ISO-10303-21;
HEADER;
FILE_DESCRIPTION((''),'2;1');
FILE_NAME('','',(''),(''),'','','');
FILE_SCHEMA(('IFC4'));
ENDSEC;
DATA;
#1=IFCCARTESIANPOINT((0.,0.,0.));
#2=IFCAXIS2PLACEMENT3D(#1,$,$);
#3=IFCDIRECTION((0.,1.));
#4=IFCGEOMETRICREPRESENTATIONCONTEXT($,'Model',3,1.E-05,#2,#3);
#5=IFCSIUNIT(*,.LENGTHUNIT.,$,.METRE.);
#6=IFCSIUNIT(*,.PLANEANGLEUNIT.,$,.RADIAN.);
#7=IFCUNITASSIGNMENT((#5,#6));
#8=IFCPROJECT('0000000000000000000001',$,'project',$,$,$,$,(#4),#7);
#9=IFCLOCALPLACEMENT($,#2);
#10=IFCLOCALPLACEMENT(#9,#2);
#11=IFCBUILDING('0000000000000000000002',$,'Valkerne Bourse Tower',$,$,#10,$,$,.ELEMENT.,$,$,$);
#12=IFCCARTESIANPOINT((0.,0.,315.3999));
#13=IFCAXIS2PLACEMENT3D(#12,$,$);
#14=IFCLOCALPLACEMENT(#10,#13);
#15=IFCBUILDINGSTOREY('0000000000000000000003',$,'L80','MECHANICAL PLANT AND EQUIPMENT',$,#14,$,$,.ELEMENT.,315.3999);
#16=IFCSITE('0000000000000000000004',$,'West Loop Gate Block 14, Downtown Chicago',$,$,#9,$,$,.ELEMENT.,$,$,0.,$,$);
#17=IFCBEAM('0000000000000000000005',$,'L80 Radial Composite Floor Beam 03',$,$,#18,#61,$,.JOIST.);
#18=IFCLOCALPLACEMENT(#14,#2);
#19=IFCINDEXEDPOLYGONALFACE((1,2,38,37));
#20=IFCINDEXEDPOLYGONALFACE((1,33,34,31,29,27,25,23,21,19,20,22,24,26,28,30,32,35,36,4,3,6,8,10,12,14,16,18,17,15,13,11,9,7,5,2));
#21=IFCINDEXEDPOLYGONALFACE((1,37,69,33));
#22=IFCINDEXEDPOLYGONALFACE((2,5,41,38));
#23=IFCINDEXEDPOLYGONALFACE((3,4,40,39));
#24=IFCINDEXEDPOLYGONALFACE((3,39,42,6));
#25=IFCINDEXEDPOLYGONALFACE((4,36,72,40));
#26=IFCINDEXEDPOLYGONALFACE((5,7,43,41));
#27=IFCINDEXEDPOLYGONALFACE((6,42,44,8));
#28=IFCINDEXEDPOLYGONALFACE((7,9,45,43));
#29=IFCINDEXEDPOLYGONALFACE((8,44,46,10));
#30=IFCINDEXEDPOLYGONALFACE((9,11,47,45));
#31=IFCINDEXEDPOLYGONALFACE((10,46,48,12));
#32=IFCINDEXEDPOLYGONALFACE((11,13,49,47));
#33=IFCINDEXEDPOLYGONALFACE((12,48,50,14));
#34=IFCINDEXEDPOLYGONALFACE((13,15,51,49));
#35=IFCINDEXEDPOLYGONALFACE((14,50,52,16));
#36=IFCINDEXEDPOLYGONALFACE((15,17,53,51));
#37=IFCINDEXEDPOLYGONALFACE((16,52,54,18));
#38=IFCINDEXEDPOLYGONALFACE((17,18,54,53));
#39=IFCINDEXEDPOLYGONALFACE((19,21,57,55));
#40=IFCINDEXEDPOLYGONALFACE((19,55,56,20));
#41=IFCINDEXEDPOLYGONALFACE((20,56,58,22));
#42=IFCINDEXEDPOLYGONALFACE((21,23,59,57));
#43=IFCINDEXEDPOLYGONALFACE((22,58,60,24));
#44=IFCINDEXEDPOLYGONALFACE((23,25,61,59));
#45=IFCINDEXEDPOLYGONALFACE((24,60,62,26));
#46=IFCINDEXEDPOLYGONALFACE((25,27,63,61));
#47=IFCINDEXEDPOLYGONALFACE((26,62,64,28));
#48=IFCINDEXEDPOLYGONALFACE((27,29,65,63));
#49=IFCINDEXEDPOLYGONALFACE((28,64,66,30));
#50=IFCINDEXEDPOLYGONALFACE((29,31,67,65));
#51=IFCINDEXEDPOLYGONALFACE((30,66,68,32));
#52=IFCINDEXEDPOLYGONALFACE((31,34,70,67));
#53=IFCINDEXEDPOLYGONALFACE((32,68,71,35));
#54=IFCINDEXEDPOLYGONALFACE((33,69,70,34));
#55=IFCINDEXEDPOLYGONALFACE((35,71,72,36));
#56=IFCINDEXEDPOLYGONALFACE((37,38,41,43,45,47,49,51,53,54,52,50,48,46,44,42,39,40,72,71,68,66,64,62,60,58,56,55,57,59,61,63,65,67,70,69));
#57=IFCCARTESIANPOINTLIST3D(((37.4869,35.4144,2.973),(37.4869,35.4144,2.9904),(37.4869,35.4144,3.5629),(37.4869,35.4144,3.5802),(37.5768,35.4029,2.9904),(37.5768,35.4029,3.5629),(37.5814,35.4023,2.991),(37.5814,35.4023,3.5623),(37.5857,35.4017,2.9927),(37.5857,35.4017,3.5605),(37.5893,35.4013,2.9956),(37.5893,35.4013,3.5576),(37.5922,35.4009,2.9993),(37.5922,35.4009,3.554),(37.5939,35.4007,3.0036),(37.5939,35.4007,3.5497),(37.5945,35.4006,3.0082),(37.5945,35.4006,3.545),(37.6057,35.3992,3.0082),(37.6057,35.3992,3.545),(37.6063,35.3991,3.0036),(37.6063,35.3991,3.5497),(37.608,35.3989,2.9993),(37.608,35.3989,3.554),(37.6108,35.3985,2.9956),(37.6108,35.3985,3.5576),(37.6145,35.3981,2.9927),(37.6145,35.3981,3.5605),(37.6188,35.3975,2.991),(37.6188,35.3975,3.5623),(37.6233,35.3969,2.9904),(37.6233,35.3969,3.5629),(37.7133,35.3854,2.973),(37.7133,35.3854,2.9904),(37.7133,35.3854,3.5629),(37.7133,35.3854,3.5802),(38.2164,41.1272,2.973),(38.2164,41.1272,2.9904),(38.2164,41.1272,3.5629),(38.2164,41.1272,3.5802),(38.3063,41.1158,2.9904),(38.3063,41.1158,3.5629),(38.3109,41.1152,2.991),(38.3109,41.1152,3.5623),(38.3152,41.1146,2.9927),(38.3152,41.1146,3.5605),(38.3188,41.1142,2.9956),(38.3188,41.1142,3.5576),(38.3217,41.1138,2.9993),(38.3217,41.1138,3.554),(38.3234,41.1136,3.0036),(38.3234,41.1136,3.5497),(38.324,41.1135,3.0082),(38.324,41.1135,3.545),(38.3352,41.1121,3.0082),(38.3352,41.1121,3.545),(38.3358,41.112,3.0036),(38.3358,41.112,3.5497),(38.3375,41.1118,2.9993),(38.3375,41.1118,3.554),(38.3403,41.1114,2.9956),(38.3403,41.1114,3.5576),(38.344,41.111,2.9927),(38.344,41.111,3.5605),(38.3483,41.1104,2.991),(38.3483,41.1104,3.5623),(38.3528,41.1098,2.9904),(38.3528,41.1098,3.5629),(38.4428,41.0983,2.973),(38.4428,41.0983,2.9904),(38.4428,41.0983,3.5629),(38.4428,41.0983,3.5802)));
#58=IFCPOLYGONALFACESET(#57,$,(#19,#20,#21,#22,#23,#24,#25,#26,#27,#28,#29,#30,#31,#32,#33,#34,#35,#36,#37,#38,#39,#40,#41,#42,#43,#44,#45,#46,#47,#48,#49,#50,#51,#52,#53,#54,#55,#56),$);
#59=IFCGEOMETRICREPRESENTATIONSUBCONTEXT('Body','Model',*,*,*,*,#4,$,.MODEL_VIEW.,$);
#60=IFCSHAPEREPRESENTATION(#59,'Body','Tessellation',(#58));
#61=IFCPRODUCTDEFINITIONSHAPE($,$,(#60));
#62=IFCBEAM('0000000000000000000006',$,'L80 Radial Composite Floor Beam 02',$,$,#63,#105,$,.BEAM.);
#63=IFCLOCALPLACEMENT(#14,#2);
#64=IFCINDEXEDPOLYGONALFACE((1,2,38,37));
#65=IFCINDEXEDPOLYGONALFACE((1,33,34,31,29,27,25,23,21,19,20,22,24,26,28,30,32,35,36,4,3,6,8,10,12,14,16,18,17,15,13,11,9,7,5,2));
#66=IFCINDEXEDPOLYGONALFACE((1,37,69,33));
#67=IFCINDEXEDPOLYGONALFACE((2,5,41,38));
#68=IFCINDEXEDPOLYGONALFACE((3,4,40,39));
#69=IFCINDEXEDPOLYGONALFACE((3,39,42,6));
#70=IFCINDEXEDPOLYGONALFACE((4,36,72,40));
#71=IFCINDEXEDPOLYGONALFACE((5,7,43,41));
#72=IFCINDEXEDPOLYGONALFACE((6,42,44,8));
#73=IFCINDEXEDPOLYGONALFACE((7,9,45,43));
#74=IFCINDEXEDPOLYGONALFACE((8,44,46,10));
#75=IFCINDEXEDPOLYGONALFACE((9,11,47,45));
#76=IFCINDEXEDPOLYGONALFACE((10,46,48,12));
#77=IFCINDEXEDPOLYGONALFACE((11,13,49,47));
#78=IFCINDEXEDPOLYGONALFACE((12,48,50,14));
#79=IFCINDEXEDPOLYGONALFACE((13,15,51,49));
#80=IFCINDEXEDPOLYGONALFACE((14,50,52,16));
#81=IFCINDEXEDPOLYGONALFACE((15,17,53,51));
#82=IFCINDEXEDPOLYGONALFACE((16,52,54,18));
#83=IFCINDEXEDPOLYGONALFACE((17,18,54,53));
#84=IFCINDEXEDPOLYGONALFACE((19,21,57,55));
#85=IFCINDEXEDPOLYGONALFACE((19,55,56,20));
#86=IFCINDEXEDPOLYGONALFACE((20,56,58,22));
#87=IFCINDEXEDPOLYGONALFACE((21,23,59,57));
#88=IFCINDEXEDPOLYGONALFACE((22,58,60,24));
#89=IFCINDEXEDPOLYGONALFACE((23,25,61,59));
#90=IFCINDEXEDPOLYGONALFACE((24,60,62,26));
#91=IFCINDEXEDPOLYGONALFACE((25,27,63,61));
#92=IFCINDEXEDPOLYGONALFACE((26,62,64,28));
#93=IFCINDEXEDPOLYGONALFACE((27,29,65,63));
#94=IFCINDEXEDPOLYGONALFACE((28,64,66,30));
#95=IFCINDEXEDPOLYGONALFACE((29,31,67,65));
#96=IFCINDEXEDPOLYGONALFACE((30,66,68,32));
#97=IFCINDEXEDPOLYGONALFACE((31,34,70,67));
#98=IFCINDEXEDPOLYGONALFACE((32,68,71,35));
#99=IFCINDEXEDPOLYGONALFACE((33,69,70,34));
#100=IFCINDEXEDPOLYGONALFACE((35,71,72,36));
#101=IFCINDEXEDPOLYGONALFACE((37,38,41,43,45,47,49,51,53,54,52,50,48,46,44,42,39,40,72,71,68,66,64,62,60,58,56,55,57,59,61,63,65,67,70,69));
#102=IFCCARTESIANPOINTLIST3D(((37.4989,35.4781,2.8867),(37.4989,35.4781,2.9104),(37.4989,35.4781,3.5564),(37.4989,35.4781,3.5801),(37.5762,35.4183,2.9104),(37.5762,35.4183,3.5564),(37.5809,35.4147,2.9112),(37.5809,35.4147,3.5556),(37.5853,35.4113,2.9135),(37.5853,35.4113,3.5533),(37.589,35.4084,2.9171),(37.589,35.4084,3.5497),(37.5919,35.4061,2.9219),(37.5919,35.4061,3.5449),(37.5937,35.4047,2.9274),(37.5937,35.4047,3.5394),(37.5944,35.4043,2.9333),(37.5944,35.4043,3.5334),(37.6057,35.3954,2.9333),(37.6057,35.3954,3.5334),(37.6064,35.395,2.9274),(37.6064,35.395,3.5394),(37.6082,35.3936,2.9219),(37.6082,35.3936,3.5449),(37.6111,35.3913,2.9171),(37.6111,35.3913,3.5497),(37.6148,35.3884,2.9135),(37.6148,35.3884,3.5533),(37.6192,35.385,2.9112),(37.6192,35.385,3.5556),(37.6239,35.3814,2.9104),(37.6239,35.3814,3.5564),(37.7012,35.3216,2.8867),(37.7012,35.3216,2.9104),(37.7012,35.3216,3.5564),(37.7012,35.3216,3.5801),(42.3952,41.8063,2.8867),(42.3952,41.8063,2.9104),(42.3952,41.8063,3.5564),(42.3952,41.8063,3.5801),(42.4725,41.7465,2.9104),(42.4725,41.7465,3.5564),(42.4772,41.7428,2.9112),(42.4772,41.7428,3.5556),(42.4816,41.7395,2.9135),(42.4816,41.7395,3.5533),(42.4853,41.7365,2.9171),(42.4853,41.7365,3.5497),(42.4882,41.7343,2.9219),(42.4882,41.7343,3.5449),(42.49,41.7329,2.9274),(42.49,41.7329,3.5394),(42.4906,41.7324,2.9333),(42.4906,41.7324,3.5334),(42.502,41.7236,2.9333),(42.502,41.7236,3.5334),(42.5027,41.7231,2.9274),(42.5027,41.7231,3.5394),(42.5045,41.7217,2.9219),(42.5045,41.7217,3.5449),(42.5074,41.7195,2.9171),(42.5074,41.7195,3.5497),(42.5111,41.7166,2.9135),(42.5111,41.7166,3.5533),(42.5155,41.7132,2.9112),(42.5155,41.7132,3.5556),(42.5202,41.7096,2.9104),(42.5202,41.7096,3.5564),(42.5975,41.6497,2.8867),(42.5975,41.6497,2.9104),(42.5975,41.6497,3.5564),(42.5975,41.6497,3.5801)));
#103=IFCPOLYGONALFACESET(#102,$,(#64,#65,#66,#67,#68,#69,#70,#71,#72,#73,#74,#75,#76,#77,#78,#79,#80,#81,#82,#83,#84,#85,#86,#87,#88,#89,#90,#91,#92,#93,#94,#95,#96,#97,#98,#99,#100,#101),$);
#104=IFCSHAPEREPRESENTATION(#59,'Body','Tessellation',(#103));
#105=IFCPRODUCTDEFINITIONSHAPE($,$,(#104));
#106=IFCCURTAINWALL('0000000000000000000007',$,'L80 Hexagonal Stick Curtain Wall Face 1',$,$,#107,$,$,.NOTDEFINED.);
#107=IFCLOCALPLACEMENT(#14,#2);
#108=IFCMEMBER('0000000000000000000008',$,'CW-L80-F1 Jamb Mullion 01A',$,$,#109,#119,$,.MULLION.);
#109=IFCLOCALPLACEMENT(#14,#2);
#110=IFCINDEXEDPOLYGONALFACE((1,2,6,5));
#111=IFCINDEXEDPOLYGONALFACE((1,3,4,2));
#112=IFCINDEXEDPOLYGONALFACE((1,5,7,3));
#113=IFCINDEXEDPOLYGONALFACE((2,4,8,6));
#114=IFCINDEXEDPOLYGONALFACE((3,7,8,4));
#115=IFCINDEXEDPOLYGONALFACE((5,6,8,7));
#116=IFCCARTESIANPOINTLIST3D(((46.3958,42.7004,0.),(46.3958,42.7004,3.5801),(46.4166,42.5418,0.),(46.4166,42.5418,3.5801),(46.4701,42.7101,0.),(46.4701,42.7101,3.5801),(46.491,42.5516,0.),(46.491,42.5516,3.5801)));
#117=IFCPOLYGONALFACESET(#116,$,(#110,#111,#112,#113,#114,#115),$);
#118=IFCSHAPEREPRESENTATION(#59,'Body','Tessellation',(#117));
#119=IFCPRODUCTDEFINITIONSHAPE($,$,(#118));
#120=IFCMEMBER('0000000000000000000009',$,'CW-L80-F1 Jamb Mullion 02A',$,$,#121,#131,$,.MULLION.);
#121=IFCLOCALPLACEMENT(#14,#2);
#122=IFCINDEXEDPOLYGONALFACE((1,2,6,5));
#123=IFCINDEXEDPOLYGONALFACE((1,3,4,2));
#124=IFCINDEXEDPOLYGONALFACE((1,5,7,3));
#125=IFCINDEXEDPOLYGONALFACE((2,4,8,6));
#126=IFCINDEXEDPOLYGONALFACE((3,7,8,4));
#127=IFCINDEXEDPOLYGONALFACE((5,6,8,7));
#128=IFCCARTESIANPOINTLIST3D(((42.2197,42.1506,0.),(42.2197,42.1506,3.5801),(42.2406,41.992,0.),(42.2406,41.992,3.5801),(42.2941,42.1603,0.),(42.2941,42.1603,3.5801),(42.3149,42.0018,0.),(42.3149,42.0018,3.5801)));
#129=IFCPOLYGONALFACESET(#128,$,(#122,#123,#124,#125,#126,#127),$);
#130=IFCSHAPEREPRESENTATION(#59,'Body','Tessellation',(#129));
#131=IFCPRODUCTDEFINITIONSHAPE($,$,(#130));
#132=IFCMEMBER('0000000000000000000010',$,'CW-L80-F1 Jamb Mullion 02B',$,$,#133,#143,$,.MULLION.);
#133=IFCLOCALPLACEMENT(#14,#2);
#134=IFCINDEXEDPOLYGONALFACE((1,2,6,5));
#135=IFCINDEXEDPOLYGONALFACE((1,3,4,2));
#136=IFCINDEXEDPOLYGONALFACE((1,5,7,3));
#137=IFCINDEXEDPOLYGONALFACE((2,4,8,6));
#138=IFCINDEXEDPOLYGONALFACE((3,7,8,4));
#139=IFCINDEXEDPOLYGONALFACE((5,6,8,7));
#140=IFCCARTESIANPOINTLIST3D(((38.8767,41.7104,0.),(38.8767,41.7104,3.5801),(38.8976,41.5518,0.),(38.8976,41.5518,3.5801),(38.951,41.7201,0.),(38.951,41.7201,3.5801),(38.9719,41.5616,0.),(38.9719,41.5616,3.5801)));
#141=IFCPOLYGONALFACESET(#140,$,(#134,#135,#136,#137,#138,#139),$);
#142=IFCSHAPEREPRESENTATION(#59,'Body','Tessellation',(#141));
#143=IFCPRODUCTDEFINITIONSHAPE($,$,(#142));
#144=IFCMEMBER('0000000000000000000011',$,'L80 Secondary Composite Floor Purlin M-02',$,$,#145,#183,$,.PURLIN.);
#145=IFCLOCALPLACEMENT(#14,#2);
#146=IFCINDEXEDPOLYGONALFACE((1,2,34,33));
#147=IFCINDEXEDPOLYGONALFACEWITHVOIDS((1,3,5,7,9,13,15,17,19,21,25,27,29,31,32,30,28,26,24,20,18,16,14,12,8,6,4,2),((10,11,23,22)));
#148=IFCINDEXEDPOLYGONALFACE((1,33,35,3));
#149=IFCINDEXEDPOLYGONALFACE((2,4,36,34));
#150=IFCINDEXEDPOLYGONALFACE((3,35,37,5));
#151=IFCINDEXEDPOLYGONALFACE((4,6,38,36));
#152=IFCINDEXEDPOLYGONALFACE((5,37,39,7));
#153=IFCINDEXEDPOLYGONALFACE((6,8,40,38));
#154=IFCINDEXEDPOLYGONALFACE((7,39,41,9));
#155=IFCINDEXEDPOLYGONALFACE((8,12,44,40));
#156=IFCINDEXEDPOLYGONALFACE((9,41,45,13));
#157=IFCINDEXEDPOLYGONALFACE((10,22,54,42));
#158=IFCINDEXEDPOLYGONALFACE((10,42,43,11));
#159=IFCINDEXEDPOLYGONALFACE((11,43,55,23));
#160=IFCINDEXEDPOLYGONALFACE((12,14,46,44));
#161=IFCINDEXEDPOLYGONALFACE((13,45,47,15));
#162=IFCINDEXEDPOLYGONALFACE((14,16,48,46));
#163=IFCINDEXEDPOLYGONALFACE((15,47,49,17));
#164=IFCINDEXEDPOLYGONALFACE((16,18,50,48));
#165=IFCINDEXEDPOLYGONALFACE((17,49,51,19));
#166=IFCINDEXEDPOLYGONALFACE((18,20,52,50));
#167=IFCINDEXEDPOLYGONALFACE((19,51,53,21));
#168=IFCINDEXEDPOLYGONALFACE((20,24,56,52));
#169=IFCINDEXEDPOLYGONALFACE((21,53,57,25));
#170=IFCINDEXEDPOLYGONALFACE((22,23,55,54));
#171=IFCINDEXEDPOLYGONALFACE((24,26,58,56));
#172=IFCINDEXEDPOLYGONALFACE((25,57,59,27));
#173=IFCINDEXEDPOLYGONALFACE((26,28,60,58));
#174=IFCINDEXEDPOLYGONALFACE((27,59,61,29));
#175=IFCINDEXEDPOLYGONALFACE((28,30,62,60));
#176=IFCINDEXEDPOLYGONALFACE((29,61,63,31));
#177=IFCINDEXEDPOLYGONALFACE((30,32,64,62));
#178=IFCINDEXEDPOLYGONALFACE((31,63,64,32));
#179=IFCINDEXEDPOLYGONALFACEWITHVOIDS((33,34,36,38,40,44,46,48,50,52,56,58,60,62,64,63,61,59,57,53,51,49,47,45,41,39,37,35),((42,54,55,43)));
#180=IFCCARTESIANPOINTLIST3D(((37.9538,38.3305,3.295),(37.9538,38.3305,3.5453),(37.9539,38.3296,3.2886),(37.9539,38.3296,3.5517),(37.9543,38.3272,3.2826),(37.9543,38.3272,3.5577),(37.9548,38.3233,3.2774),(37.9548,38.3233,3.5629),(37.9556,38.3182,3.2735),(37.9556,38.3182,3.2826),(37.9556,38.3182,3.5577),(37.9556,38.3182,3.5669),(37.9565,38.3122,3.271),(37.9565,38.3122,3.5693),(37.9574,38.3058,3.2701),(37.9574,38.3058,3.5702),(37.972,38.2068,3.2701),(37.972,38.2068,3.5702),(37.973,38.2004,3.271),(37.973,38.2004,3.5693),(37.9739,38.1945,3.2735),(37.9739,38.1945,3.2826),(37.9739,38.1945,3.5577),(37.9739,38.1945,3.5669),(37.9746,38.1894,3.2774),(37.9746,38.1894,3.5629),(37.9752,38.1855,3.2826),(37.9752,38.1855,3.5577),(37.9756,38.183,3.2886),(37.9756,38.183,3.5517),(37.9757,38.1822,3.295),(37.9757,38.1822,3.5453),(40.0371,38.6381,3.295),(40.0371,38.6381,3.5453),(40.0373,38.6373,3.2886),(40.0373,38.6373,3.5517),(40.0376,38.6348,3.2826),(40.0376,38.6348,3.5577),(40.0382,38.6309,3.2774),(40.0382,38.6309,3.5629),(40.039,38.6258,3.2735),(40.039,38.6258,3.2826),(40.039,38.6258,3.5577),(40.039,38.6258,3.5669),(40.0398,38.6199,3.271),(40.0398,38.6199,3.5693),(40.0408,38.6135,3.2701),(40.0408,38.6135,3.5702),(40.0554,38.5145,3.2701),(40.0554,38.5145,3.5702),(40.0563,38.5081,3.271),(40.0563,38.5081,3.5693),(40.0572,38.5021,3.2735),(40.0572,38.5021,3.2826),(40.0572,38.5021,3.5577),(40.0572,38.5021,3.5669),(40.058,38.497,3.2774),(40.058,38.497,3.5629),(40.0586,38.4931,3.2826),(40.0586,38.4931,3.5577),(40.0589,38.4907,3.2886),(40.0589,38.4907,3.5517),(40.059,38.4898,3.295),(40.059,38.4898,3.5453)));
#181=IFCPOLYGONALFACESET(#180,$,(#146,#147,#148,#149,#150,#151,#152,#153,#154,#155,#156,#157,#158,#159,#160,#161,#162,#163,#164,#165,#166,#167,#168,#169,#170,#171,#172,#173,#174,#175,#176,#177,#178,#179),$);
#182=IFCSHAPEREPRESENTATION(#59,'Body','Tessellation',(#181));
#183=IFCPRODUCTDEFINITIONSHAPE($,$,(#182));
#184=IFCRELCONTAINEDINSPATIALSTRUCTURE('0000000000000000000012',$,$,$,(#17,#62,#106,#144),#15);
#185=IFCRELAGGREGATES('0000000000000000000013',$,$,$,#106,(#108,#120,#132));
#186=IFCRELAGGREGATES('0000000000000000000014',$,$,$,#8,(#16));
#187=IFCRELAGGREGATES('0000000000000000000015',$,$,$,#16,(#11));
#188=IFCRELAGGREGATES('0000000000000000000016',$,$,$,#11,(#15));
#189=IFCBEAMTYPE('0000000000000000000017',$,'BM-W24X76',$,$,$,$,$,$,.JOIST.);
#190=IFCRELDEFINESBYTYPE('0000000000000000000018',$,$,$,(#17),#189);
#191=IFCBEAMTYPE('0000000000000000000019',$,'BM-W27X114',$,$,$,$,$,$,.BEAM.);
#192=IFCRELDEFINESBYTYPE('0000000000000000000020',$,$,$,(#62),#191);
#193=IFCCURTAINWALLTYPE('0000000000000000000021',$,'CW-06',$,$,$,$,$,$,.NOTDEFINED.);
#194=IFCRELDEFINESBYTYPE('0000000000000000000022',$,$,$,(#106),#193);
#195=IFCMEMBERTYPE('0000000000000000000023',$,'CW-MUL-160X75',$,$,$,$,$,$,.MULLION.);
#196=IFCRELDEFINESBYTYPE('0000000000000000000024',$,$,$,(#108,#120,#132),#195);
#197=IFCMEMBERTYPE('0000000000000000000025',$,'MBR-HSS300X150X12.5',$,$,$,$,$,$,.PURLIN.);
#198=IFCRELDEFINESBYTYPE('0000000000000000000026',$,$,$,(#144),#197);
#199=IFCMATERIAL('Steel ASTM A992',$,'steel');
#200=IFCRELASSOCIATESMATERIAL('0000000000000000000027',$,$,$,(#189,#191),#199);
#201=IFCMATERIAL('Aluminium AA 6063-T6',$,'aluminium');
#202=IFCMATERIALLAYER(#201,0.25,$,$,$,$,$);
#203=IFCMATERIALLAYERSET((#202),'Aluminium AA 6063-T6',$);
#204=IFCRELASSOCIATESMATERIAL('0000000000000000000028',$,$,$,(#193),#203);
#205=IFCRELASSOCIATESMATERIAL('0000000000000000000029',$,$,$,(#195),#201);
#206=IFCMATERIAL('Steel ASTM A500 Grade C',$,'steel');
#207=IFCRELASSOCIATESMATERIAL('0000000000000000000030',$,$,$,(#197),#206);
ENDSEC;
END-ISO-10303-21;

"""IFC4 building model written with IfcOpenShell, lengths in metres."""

from ifc_helpers import new_model, si_unit, direction, frame, origin, origin_2d, place, context, subcontext, project, spatial, rectangle, hollow_rectangle, i_section, extrude, material, layer, layer_set, material_profile, profile_set, type_object, element, aggregate, save


model = new_model("IFC4")

# Units and contexts
model_context = context("Model", 3, precision=1e-05, world=origin(), true_north=direction((0.0, 1.0)))
body_context = subcontext(model_context, "Body", "Model", "MODEL_VIEW")
ifc_project = project(units=[si_unit("LENGTHUNIT", "METRE"), si_unit("PLANEANGLEUNIT", "RADIAN")], contexts=[model_context])

# Site, building, storey
site_placement = place(None, origin())
site = spatial("IfcSite", under=ifc_project, at=site_placement, Name="West Loop Gate Block 14, Downtown Chicago", CompositionType="ELEMENT", RefElevation=0.0)
building_placement = place(site_placement, origin())
building = spatial("IfcBuilding", under=site, at=building_placement, Name="Valkerne Bourse Tower", CompositionType="ELEMENT")
storey_placement = place(building_placement, frame((0.0, 0.0, 315.3999)))
storey = spatial("IfcBuildingStorey", under=building, at=storey_placement, Name="L80", Description="MECHANICAL PLANT AND EQUIPMENT", CompositionType="ELEMENT", Elevation=315.3999)

# Shared definitions
ifc_material_1 = material(Name="Steel ASTM A500 Grade C", Category="steel")

# Beams
ifc_material_2 = material(Name="Steel ASTM A992", Category="steel")
ifc_material_profile_1 = material_profile(ifc_material_2, i_section(OverallWidth=0.2283, OverallDepth=0.6072, WebThickness=0.0112, FlangeThickness=0.0173, FilletRadius=0.0178, at=origin_2d()), Name="W24X76")
ifc_profile_set_1 = profile_set([ifc_material_profile_1], Name="Steel ASTM A992")
beam_type_1 = type_object("IfcBeamType", Name="BM-W24X76", PredefinedType="JOIST", material=ifc_profile_set_1)
beam_1_placement = place(storey_placement, frame((38.3296, 41.1128, 3.2766), z_axis=(-0.126664, -0.991946, 0.0), x_axis=(0.991946, -0.126664, 0.0)))
element("IfcBeam", 1, at=beam_1_placement, inside=storey, type_object=beam_type_1, Name="L80 Radial Composite Floor Beam 03", PredefinedType="JOIST", context=body_context, shape_type="SweptSolid", body=[
    extrude(i_section(OverallWidth=0.2283, OverallDepth=0.6072, WebThickness=0.0112, FlangeThickness=0.0173, FilletRadius=0.0178, at=origin_2d()), origin(), (0.0, 0.0, 1.0), 5.7593),
])
ifc_material_profile_2 = material_profile(ifc_material_2, i_section(OverallWidth=0.2559, OverallDepth=0.6934, WebThickness=0.0144, FlangeThickness=0.0237, FilletRadius=0.0229, at=origin_2d()), Name="W27X114")
ifc_profile_set_2 = profile_set([ifc_material_profile_2], Name="Steel ASTM A992")
beam_type_2 = type_object("IfcBeamType", Name="BM-W27X114", PredefinedType="BEAM", material=ifc_profile_set_2)
beam_2_placement = place(storey_placement, frame((42.4963, 41.728, 3.2334), z_axis=(-0.611942, -0.790902, 0.0), x_axis=(0.790902, -0.611942, 0.0)))
element("IfcBeam", 2, at=beam_2_placement, inside=storey, type_object=beam_type_2, Name="L80 Radial Composite Floor Beam 02", PredefinedType="BEAM", context=body_context, shape_type="SweptSolid", body=[
    extrude(i_section(OverallWidth=0.2559, OverallDepth=0.6934, WebThickness=0.0144, FlangeThickness=0.0237, FilletRadius=0.0229, at=origin_2d()), origin(), (0.0, 0.0, 1.0), 8.0012),
])

# Curtain wall, members
ifc_material_3 = material(Name="Aluminium AA 6063-T6", Category="aluminium")
ifc_layer_1 = layer(ifc_material_3, 0.25)
ifc_layer_set_1 = layer_set([ifc_layer_1], Name="Aluminium AA 6063-T6")
curtain_wall_type = type_object("IfcCurtainWallType", Name="CW-06", PredefinedType="NOTDEFINED", material=ifc_layer_set_1)
curtain_wall_placement = place(storey_placement, origin())
curtain_wall = element("IfcCurtainWall", 3, at=curtain_wall_placement, inside=storey, type_object=curtain_wall_type, Name="L80 Hexagonal Stick Curtain Wall Face 1", PredefinedType="NOTDEFINED")
ifc_material_profile_3 = material_profile(ifc_material_3, rectangle(XDim=0.075, YDim=0.1599, at=origin_2d()), Name="CWM-75X160")
ifc_profile_set_3 = profile_set([ifc_material_profile_3], Name="Aluminium AA 6063-T6")
member_type_1 = type_object("IfcMemberType", Name="CW-MUL-160X75", PredefinedType="MULLION", material=ifc_profile_set_3)
member_1_placement = place(storey_placement, frame((46.4434, 42.626, 0.0), z_axis=(0.0, 0.0, 1.0), x_axis=(-0.991444, -0.130534, 0.0)))
member_1 = element("IfcMember", 4, at=member_1_placement, type_object=member_type_1, Name="CW-L80-F1 Jamb Mullion 01A", PredefinedType="MULLION", context=body_context, shape_type="SweptSolid", body=[
    extrude(rectangle(XDim=0.075, YDim=0.1599, at=origin_2d()), origin(), (0.0, 0.0, 1.0), 3.5801),
])
member_2_placement = place(storey_placement, frame((42.2673, 42.0762, 0.0), z_axis=(0.0, 0.0, 1.0), x_axis=(-0.991447, -0.130507, 0.0)))
member_2 = element("IfcMember", 5, at=member_2_placement, type_object=member_type_1, Name="CW-L80-F1 Jamb Mullion 02A", PredefinedType="MULLION", context=body_context, shape_type="SweptSolid", body=[
    extrude(rectangle(XDim=0.075, YDim=0.1599, at=origin_2d()), origin(), (0.0, 0.0, 1.0), 3.5801),
])
member_3_placement = place(storey_placement, frame((38.9243, 41.636, 0.0), z_axis=(0.0, 0.0, 1.0), x_axis=(-0.991447, -0.130507, 0.0)))
member_3 = element("IfcMember", 6, at=member_3_placement, type_object=member_type_1, Name="CW-L80-F1 Jamb Mullion 02B", PredefinedType="MULLION", context=body_context, shape_type="SweptSolid", body=[
    extrude(rectangle(XDim=0.075, YDim=0.1599, at=origin_2d()), origin(), (0.0, 0.0, 1.0), 3.5801),
])

# Member
ifc_material_profile_4 = material_profile(ifc_material_1, hollow_rectangle(XDim=0.1499, YDim=0.3, WallThickness=0.0125, OuterFilletRadius=0.0249, at=origin_2d()), Name="HSS300X150X12.5")
ifc_profile_set_4 = profile_set([ifc_material_profile_4], Name="Steel ASTM A500 Grade C")
member_type_2 = type_object("IfcMemberType", Name="MBR-HSS300X150X12.5", PredefinedType="PURLIN", material=ifc_profile_set_4)
member_4_placement = place(storey_placement, frame((40.0481, 38.564, 3.4202), z_axis=(-0.989273, -0.146078, 0.0), x_axis=(0.146078, -0.989273, 0.0)))
element("IfcMember", 7, at=member_4_placement, inside=storey, type_object=member_type_2, Name="L80 Secondary Composite Floor Purlin M-02", PredefinedType="PURLIN", context=body_context, shape_type="SweptSolid", body=[
    extrude(hollow_rectangle(XDim=0.1499, YDim=0.3, WallThickness=0.0125, OuterFilletRadius=0.0249, at=origin_2d()), origin(), (0.0, 0.0, 1.0), 2.106),
])

aggregate(curtain_wall, [member_1, member_2, member_3])

save(model, "model.ifc")
